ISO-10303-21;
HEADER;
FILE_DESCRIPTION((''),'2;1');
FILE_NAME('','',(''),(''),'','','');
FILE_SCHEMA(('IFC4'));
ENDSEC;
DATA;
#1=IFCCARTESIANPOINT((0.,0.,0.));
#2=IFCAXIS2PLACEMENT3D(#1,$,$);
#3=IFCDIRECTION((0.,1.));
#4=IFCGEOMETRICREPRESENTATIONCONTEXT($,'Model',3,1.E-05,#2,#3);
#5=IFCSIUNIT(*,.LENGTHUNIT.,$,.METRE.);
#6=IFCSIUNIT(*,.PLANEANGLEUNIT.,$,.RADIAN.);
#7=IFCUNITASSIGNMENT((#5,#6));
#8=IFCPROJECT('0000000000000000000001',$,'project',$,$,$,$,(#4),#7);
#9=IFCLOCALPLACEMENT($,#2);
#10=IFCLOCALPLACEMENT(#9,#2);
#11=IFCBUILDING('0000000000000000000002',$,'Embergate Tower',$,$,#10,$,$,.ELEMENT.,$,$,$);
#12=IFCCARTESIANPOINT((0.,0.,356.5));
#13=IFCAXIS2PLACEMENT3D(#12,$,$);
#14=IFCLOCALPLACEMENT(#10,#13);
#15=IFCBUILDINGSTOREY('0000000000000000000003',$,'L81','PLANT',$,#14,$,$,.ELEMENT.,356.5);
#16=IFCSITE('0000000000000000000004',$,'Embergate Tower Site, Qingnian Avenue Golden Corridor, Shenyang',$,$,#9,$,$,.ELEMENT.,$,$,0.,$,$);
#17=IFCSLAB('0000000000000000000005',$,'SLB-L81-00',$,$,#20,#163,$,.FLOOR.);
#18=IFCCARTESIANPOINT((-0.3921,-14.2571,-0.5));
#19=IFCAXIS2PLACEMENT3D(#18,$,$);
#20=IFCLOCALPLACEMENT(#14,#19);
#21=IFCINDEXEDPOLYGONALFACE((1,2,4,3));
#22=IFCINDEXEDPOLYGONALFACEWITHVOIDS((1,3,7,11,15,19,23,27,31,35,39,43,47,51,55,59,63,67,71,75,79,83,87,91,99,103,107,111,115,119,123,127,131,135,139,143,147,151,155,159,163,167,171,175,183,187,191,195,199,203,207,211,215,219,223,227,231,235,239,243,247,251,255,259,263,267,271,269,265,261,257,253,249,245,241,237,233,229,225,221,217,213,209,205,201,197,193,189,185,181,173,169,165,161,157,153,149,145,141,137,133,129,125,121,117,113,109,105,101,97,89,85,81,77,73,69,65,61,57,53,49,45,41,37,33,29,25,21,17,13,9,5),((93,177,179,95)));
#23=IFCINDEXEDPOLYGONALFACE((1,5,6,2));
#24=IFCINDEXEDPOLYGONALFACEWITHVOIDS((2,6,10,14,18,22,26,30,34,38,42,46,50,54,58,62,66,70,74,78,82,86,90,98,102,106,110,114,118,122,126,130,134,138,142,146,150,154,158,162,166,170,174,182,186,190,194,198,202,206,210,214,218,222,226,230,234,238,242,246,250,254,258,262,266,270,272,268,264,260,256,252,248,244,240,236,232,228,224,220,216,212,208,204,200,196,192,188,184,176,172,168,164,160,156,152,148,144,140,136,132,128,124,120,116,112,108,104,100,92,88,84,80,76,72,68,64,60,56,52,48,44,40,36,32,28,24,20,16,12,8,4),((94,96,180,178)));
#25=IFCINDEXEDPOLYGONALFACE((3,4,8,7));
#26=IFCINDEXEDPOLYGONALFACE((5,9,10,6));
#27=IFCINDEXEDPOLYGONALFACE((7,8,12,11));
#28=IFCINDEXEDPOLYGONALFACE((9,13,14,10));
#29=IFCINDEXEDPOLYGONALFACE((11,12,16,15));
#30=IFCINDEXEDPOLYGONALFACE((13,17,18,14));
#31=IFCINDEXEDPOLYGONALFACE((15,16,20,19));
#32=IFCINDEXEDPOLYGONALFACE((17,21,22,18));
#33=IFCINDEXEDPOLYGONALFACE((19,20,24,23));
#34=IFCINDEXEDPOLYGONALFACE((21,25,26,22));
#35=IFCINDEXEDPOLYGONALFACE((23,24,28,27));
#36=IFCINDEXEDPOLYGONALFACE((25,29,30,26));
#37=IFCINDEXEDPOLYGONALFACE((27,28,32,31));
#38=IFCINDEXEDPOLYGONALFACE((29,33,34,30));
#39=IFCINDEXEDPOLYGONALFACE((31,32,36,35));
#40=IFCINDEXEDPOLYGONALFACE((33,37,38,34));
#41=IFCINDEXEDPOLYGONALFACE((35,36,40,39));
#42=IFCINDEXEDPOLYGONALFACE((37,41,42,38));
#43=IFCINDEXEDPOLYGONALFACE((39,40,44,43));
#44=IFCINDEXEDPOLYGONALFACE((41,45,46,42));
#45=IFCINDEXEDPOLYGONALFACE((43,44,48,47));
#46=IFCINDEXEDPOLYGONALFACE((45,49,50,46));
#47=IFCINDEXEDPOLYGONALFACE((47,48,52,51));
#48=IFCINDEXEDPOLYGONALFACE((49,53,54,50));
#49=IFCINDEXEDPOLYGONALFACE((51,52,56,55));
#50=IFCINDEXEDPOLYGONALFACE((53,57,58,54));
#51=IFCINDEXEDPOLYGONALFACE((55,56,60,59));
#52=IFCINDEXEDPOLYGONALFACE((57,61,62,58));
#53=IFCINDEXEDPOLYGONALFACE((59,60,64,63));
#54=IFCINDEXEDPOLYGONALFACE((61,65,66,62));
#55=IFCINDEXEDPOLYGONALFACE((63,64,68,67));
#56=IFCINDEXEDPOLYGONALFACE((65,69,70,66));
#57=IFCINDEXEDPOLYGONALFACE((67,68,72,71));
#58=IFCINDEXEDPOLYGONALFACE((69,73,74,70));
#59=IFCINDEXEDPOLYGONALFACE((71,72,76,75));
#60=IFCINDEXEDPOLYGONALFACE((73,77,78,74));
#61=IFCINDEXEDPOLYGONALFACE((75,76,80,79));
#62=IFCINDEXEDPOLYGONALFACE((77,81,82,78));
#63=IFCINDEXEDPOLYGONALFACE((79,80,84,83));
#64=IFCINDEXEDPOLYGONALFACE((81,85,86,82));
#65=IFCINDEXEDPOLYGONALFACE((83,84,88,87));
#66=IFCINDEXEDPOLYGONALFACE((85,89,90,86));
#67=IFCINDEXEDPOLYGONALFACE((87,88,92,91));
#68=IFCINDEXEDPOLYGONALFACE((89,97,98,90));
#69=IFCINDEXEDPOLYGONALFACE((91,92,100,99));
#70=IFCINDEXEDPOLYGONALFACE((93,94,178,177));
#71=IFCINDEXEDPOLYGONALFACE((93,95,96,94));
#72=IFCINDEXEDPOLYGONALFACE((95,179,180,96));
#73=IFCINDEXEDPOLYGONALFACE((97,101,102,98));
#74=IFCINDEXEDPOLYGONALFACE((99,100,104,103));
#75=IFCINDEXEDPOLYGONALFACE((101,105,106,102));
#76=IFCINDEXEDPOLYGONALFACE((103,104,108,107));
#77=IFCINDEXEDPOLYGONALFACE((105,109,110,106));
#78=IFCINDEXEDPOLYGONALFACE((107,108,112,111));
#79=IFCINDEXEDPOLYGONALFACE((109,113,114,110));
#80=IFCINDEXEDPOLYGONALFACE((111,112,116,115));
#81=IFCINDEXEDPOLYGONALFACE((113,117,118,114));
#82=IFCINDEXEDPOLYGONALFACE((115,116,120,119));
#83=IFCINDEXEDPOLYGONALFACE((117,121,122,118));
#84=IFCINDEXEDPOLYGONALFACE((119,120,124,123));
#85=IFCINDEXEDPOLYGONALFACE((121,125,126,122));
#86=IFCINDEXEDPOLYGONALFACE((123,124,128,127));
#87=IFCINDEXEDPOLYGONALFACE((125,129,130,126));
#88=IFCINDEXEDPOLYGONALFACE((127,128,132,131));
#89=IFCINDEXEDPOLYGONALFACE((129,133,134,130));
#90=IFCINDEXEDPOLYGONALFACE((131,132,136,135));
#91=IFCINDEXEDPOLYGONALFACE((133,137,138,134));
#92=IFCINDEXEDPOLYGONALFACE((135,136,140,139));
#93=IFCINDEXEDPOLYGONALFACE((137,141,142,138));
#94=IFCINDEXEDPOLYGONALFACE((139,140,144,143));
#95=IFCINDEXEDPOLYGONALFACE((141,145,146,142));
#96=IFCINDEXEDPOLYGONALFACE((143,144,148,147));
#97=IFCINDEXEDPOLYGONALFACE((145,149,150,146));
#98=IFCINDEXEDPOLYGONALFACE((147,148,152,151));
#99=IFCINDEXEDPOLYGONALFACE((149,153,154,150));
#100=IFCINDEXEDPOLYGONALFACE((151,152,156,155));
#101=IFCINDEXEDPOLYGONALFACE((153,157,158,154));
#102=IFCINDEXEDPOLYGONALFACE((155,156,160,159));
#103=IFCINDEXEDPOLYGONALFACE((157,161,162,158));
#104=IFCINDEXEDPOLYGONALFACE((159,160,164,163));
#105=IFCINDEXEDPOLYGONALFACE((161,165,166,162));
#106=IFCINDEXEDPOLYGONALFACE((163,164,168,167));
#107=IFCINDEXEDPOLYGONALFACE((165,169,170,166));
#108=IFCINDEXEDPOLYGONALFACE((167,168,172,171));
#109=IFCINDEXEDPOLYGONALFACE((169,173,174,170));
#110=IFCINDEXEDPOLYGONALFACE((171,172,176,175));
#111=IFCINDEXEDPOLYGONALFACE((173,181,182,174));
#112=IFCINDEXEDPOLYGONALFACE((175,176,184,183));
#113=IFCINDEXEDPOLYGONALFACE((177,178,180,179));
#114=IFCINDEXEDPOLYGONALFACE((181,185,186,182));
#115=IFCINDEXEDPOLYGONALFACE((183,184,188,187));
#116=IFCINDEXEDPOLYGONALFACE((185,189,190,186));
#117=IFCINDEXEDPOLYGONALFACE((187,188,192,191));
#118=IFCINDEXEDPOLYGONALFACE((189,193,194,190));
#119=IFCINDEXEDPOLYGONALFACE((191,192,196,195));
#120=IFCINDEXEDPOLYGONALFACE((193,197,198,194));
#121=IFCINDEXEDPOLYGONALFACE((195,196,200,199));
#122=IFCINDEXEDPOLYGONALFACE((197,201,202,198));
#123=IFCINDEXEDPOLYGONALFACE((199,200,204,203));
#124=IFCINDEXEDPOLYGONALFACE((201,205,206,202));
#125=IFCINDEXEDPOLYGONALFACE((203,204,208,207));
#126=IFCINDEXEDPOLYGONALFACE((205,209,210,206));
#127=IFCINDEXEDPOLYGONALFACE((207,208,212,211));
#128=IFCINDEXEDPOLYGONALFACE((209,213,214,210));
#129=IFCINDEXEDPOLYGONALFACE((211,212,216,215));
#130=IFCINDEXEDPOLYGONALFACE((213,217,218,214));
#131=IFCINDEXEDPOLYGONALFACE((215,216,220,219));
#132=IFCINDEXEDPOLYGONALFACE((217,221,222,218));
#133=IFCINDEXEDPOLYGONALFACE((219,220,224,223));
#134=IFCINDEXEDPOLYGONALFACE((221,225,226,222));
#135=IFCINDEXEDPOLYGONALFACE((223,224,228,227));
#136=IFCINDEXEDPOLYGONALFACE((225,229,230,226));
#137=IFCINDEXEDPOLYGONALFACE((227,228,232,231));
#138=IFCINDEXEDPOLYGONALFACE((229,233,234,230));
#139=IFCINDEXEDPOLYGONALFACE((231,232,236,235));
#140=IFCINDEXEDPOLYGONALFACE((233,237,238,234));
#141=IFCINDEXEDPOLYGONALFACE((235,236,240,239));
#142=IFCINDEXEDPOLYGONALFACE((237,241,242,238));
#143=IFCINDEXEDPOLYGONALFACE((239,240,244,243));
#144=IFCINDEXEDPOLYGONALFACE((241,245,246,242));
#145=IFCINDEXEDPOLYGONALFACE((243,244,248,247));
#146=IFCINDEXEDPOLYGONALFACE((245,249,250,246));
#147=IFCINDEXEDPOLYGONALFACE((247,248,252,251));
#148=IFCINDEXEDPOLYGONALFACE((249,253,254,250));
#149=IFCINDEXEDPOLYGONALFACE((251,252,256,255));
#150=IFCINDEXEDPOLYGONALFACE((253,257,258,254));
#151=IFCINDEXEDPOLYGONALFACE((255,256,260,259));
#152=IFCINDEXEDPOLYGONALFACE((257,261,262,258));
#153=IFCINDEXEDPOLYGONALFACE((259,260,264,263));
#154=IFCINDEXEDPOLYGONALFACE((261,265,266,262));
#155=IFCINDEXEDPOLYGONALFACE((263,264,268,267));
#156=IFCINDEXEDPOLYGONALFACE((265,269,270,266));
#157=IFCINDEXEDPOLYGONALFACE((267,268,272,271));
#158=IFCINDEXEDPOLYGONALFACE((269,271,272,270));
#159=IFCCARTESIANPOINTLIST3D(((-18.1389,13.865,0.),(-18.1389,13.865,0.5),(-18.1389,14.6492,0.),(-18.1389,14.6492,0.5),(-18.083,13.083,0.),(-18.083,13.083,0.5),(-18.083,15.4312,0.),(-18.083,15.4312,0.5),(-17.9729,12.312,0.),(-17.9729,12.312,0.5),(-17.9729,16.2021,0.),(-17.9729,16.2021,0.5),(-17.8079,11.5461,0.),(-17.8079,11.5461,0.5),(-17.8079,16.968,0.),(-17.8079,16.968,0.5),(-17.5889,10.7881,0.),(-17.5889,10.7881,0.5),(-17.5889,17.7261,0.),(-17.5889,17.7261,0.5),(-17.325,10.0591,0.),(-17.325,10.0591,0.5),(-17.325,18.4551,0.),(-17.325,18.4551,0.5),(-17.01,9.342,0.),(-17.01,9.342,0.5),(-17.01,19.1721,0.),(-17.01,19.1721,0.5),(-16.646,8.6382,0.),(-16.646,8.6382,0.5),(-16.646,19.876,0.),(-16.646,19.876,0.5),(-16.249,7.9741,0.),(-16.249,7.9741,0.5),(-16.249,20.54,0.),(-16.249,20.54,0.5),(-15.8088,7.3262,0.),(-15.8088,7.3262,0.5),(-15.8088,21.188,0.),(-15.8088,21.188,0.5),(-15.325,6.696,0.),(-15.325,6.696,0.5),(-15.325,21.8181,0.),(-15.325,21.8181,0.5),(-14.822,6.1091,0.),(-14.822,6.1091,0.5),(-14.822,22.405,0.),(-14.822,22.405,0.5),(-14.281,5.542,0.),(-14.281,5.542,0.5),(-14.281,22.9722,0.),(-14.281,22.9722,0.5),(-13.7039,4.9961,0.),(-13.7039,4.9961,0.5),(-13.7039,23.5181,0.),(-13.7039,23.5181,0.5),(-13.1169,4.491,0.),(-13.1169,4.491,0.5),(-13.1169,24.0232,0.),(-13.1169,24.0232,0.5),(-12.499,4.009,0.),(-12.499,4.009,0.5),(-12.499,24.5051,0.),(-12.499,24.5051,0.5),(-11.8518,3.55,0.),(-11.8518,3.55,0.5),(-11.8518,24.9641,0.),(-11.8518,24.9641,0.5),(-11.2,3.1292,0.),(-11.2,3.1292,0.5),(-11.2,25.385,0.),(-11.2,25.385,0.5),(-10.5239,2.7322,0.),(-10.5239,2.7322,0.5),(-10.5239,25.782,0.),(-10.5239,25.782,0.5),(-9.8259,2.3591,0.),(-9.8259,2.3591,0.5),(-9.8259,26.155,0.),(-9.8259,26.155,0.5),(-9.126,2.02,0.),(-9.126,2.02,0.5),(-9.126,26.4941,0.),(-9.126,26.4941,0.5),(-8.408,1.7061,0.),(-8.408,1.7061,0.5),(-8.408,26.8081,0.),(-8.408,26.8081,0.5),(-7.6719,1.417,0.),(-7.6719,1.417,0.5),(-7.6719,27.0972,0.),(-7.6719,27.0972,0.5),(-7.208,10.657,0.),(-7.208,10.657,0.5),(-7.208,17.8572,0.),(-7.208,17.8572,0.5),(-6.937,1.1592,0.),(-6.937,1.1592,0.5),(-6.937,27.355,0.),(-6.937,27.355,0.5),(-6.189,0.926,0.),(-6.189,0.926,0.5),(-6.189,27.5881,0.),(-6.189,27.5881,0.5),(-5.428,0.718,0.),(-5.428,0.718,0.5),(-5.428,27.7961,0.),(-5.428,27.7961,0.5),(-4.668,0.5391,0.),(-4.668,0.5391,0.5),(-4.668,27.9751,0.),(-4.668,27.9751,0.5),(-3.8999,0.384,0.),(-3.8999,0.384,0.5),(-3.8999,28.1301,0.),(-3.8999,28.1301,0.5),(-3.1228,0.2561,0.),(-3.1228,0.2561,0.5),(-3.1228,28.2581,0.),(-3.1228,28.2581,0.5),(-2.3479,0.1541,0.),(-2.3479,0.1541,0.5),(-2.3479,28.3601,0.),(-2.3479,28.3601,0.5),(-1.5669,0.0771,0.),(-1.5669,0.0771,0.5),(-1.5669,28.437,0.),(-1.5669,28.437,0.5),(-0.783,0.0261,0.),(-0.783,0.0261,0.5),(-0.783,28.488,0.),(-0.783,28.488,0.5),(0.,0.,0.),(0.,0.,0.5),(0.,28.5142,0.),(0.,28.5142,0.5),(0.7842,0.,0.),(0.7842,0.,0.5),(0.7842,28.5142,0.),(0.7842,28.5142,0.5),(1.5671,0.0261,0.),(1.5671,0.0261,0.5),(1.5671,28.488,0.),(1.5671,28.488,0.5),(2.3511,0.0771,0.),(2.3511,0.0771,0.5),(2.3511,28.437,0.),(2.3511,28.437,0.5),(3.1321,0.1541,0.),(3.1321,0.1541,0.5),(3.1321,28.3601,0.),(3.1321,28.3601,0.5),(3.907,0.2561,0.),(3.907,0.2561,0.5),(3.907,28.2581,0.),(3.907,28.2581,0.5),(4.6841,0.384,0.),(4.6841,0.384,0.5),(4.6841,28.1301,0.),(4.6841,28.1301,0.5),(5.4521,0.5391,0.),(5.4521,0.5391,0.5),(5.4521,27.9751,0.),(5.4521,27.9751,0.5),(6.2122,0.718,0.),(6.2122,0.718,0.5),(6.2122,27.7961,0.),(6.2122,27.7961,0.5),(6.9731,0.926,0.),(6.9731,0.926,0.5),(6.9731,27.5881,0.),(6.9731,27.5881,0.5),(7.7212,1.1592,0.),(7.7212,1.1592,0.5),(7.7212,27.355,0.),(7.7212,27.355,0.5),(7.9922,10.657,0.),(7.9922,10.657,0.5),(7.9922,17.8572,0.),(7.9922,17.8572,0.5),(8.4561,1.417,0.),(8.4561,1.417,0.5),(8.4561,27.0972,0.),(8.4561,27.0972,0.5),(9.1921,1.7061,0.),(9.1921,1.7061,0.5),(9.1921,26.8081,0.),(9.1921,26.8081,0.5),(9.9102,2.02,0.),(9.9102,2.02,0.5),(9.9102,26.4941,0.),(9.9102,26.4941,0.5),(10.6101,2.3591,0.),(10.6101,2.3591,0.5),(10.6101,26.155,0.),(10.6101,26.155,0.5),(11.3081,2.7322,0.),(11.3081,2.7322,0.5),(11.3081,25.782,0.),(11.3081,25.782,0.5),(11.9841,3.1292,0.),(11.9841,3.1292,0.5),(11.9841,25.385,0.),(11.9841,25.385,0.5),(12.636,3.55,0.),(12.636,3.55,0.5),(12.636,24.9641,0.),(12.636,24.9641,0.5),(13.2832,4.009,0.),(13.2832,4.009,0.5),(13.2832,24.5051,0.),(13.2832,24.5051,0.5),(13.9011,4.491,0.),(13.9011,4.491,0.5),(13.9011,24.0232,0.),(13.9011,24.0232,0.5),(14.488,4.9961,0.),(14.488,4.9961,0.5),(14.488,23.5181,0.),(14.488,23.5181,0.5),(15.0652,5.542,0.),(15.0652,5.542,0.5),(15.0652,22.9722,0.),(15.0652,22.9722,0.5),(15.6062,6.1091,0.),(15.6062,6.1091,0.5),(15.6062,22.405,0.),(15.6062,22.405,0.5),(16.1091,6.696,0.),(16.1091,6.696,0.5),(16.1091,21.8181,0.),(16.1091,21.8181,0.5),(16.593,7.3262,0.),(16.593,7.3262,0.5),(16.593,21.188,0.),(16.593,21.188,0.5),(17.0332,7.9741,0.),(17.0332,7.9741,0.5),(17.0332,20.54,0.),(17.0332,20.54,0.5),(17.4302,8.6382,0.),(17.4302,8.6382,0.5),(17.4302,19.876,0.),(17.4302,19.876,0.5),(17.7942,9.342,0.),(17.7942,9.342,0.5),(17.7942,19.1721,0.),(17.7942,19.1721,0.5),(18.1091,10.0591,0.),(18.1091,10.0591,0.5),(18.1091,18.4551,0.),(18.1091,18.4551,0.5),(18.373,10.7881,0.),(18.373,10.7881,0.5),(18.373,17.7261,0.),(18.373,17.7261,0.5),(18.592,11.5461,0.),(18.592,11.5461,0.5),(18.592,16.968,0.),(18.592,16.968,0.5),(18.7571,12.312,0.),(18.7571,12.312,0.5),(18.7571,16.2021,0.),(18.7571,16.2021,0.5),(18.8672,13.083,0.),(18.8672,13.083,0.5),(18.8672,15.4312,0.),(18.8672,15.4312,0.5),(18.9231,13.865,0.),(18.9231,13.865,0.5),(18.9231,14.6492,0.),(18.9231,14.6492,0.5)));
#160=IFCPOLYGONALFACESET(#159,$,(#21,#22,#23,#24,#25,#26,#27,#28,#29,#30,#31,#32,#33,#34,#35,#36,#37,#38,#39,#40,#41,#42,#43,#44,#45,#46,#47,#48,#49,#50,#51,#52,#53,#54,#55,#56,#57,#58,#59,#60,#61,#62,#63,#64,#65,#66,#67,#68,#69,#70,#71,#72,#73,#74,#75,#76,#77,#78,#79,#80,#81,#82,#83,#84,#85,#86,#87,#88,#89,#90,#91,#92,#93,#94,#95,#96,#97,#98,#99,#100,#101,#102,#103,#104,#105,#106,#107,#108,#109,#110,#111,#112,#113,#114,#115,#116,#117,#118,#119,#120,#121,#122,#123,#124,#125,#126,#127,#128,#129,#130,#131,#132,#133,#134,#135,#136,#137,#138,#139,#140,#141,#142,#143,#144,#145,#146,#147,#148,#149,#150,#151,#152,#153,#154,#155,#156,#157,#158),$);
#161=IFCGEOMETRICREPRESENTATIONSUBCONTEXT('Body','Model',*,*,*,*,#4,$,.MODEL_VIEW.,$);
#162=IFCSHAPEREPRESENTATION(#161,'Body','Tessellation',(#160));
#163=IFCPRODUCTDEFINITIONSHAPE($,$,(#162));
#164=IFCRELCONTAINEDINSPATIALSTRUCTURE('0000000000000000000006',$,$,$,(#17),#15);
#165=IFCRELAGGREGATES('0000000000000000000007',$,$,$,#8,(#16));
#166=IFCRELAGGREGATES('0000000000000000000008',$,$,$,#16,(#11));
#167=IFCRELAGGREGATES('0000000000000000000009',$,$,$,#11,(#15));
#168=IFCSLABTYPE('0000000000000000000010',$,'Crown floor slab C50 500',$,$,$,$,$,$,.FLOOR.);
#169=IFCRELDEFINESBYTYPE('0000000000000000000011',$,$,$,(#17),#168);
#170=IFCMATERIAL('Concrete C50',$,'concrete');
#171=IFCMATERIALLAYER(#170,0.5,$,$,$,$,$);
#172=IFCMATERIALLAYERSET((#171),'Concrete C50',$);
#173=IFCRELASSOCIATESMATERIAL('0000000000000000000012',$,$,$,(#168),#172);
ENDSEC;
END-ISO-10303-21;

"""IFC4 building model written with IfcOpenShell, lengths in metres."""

from ifc_helpers import new_model, si_unit, direction, frame, origin, place, context, subcontext, project, spatial, polyline, outline, extrude, source, transform, mapped, material, layer, layer_set, type_object, element, save


model = new_model("IFC4")

# Units and contexts
model_context = context("Model", 3, precision=1e-05, world=origin(), true_north=direction((0.0, 1.0)))
body_context = subcontext(model_context, "Body", "Model", "MODEL_VIEW")
ifc_project = project(units=[si_unit("LENGTHUNIT", "METRE"), si_unit("PLANEANGLEUNIT", "RADIAN")], contexts=[model_context])

# Site, building, storey
site_placement = place(None, origin())
site = spatial("IfcSite", under=ifc_project, at=site_placement, Name="Embergate Tower Site, Qingnian Avenue Golden Corridor, Shenyang", CompositionType="ELEMENT", RefElevation=0.0)
building_placement = place(site_placement, origin())
building = spatial("IfcBuilding", under=site, at=building_placement, Name="Embergate Tower", CompositionType="ELEMENT")
storey_placement = place(building_placement, frame((0.0, 0.0, 356.5)))
storey = spatial("IfcBuildingStorey", under=building, at=storey_placement, Name="L81", Description="PLANT", CompositionType="ELEMENT", Elevation=356.5)

# Slab
ifc_material_1 = material(Name="Concrete C50", Category="concrete")
ifc_layer_1 = layer(ifc_material_1, 0.5)
ifc_layer_set_1 = layer_set([ifc_layer_1], Name="Concrete C50")
slab_type_1 = type_object("IfcSlabType", Name="Crown floor slab C50 500", PredefinedType="FLOOR", material=ifc_layer_set_1)
shared_shape_1 = source(origin(), body_context, "Body", "SweptSolid", [
    extrude(outline(polyline([(0.0, 0.0), (0.7842, 0.0), (1.5671, 0.0261), (2.3511, 0.0771), (3.1321, 0.1541), (3.907, 0.2561), (4.6841, 0.384), (5.4521, 0.5391), (6.2122, 0.718), (6.9731, 0.926), (7.7212, 1.1592), (8.4561, 1.417), (9.1921, 1.7061), (9.9102, 2.02), (10.6101, 2.3591), (11.3081, 2.7322), (11.9841, 3.1292), (12.636, 3.55), (13.2832, 4.009), (13.9011, 4.491), (14.488, 4.9961), (15.0652, 5.542), (15.6062, 6.1091), (16.1091, 6.696), (16.593, 7.3262), (17.0332, 7.9741), (17.4302, 8.6382), (17.7942, 9.342), (18.1091, 10.0591), (18.373, 10.7881), (18.592, 11.5461), (18.7571, 12.312), (18.8672, 13.083), (18.9231, 13.865), (18.9231, 14.6492), (18.8672, 15.4312), (18.7571, 16.2021), (18.592, 16.968), (18.373, 17.7261), (18.1091, 18.4551), (17.7942, 19.1721), (17.4302, 19.876), (17.0332, 20.54), (16.593, 21.188), (16.1091, 21.8181), (15.6062, 22.405), (15.0652, 22.9722), (14.488, 23.5181), (13.9011, 24.0232), (13.2832, 24.5051), (12.636, 24.9641), (11.9841, 25.385), (11.3081, 25.782), (10.6101, 26.155), (9.9102, 26.4941), (9.1921, 26.8081), (8.4561, 27.0972), (7.7212, 27.355), (6.9731, 27.5881), (6.2122, 27.7961), (5.4521, 27.9751), (4.6841, 28.1301), (3.907, 28.2581), (3.1321, 28.3601), (2.3511, 28.437), (1.5671, 28.488), (0.7842, 28.5142), (0.0, 28.5142), (-0.783, 28.488), (-1.5669, 28.437), (-2.3479, 28.3601), (-3.1228, 28.2581), (-3.8999, 28.1301), (-4.668, 27.9751), (-5.428, 27.7961), (-6.189, 27.5881), (-6.937, 27.355), (-7.6719, 27.0972), (-8.408, 26.8081), (-9.126, 26.4941), (-9.8259, 26.155), (-10.5239, 25.782), (-11.2, 25.385), (-11.8518, 24.9641), (-12.499, 24.5051), (-13.1169, 24.0232), (-13.7039, 23.5181), (-14.281, 22.9722), (-14.822, 22.405), (-15.325, 21.8181), (-15.8088, 21.188), (-16.249, 20.54), (-16.646, 19.876), (-17.01, 19.1721), (-17.325, 18.4551), (-17.5889, 17.7261), (-17.8079, 16.968), (-17.9729, 16.2021), (-18.083, 15.4312), (-18.1389, 14.6492), (-18.1389, 13.865), (-18.083, 13.083), (-17.9729, 12.312), (-17.8079, 11.5461), (-17.5889, 10.7881), (-17.325, 10.0591), (-17.01, 9.342), (-16.646, 8.6382), (-16.249, 7.9741), (-15.8088, 7.3262), (-15.325, 6.696), (-14.822, 6.1091), (-14.281, 5.542), (-13.7039, 4.9961), (-13.1169, 4.491), (-12.499, 4.009), (-11.8518, 3.55), (-11.2, 3.1292), (-10.5239, 2.7322), (-9.8259, 2.3591), (-9.126, 2.02), (-8.408, 1.7061), (-7.6719, 1.417), (-6.937, 1.1592), (-6.189, 0.926), (-5.428, 0.718), (-4.668, 0.5391), (-3.8999, 0.384), (-3.1228, 0.2561), (-2.3479, 0.1541), (-1.5669, 0.0771), (-0.783, 0.0261), (0.0, 0.0)]), holes=[polyline([(-7.208, 10.657), (-7.208, 17.8572), (7.9922, 17.8572), (7.9922, 10.657), (-7.208, 10.657)])]), origin(), (0.0, 0.0, 1.0), 0.5),
])
slab_1_placement = place(storey_placement, frame((-0.3921, -14.2571, -0.5)))
element("IfcSlab", 1, at=slab_1_placement, inside=storey, type_object=slab_type_1, Name="SLB-L81-00", PredefinedType="FLOOR", context=body_context, shape_type="MappedRepresentation", body=[
    mapped(shared_shape_1, transform((0.0, 0.0, 0.0))),
])

save(model, "model.ifc")
